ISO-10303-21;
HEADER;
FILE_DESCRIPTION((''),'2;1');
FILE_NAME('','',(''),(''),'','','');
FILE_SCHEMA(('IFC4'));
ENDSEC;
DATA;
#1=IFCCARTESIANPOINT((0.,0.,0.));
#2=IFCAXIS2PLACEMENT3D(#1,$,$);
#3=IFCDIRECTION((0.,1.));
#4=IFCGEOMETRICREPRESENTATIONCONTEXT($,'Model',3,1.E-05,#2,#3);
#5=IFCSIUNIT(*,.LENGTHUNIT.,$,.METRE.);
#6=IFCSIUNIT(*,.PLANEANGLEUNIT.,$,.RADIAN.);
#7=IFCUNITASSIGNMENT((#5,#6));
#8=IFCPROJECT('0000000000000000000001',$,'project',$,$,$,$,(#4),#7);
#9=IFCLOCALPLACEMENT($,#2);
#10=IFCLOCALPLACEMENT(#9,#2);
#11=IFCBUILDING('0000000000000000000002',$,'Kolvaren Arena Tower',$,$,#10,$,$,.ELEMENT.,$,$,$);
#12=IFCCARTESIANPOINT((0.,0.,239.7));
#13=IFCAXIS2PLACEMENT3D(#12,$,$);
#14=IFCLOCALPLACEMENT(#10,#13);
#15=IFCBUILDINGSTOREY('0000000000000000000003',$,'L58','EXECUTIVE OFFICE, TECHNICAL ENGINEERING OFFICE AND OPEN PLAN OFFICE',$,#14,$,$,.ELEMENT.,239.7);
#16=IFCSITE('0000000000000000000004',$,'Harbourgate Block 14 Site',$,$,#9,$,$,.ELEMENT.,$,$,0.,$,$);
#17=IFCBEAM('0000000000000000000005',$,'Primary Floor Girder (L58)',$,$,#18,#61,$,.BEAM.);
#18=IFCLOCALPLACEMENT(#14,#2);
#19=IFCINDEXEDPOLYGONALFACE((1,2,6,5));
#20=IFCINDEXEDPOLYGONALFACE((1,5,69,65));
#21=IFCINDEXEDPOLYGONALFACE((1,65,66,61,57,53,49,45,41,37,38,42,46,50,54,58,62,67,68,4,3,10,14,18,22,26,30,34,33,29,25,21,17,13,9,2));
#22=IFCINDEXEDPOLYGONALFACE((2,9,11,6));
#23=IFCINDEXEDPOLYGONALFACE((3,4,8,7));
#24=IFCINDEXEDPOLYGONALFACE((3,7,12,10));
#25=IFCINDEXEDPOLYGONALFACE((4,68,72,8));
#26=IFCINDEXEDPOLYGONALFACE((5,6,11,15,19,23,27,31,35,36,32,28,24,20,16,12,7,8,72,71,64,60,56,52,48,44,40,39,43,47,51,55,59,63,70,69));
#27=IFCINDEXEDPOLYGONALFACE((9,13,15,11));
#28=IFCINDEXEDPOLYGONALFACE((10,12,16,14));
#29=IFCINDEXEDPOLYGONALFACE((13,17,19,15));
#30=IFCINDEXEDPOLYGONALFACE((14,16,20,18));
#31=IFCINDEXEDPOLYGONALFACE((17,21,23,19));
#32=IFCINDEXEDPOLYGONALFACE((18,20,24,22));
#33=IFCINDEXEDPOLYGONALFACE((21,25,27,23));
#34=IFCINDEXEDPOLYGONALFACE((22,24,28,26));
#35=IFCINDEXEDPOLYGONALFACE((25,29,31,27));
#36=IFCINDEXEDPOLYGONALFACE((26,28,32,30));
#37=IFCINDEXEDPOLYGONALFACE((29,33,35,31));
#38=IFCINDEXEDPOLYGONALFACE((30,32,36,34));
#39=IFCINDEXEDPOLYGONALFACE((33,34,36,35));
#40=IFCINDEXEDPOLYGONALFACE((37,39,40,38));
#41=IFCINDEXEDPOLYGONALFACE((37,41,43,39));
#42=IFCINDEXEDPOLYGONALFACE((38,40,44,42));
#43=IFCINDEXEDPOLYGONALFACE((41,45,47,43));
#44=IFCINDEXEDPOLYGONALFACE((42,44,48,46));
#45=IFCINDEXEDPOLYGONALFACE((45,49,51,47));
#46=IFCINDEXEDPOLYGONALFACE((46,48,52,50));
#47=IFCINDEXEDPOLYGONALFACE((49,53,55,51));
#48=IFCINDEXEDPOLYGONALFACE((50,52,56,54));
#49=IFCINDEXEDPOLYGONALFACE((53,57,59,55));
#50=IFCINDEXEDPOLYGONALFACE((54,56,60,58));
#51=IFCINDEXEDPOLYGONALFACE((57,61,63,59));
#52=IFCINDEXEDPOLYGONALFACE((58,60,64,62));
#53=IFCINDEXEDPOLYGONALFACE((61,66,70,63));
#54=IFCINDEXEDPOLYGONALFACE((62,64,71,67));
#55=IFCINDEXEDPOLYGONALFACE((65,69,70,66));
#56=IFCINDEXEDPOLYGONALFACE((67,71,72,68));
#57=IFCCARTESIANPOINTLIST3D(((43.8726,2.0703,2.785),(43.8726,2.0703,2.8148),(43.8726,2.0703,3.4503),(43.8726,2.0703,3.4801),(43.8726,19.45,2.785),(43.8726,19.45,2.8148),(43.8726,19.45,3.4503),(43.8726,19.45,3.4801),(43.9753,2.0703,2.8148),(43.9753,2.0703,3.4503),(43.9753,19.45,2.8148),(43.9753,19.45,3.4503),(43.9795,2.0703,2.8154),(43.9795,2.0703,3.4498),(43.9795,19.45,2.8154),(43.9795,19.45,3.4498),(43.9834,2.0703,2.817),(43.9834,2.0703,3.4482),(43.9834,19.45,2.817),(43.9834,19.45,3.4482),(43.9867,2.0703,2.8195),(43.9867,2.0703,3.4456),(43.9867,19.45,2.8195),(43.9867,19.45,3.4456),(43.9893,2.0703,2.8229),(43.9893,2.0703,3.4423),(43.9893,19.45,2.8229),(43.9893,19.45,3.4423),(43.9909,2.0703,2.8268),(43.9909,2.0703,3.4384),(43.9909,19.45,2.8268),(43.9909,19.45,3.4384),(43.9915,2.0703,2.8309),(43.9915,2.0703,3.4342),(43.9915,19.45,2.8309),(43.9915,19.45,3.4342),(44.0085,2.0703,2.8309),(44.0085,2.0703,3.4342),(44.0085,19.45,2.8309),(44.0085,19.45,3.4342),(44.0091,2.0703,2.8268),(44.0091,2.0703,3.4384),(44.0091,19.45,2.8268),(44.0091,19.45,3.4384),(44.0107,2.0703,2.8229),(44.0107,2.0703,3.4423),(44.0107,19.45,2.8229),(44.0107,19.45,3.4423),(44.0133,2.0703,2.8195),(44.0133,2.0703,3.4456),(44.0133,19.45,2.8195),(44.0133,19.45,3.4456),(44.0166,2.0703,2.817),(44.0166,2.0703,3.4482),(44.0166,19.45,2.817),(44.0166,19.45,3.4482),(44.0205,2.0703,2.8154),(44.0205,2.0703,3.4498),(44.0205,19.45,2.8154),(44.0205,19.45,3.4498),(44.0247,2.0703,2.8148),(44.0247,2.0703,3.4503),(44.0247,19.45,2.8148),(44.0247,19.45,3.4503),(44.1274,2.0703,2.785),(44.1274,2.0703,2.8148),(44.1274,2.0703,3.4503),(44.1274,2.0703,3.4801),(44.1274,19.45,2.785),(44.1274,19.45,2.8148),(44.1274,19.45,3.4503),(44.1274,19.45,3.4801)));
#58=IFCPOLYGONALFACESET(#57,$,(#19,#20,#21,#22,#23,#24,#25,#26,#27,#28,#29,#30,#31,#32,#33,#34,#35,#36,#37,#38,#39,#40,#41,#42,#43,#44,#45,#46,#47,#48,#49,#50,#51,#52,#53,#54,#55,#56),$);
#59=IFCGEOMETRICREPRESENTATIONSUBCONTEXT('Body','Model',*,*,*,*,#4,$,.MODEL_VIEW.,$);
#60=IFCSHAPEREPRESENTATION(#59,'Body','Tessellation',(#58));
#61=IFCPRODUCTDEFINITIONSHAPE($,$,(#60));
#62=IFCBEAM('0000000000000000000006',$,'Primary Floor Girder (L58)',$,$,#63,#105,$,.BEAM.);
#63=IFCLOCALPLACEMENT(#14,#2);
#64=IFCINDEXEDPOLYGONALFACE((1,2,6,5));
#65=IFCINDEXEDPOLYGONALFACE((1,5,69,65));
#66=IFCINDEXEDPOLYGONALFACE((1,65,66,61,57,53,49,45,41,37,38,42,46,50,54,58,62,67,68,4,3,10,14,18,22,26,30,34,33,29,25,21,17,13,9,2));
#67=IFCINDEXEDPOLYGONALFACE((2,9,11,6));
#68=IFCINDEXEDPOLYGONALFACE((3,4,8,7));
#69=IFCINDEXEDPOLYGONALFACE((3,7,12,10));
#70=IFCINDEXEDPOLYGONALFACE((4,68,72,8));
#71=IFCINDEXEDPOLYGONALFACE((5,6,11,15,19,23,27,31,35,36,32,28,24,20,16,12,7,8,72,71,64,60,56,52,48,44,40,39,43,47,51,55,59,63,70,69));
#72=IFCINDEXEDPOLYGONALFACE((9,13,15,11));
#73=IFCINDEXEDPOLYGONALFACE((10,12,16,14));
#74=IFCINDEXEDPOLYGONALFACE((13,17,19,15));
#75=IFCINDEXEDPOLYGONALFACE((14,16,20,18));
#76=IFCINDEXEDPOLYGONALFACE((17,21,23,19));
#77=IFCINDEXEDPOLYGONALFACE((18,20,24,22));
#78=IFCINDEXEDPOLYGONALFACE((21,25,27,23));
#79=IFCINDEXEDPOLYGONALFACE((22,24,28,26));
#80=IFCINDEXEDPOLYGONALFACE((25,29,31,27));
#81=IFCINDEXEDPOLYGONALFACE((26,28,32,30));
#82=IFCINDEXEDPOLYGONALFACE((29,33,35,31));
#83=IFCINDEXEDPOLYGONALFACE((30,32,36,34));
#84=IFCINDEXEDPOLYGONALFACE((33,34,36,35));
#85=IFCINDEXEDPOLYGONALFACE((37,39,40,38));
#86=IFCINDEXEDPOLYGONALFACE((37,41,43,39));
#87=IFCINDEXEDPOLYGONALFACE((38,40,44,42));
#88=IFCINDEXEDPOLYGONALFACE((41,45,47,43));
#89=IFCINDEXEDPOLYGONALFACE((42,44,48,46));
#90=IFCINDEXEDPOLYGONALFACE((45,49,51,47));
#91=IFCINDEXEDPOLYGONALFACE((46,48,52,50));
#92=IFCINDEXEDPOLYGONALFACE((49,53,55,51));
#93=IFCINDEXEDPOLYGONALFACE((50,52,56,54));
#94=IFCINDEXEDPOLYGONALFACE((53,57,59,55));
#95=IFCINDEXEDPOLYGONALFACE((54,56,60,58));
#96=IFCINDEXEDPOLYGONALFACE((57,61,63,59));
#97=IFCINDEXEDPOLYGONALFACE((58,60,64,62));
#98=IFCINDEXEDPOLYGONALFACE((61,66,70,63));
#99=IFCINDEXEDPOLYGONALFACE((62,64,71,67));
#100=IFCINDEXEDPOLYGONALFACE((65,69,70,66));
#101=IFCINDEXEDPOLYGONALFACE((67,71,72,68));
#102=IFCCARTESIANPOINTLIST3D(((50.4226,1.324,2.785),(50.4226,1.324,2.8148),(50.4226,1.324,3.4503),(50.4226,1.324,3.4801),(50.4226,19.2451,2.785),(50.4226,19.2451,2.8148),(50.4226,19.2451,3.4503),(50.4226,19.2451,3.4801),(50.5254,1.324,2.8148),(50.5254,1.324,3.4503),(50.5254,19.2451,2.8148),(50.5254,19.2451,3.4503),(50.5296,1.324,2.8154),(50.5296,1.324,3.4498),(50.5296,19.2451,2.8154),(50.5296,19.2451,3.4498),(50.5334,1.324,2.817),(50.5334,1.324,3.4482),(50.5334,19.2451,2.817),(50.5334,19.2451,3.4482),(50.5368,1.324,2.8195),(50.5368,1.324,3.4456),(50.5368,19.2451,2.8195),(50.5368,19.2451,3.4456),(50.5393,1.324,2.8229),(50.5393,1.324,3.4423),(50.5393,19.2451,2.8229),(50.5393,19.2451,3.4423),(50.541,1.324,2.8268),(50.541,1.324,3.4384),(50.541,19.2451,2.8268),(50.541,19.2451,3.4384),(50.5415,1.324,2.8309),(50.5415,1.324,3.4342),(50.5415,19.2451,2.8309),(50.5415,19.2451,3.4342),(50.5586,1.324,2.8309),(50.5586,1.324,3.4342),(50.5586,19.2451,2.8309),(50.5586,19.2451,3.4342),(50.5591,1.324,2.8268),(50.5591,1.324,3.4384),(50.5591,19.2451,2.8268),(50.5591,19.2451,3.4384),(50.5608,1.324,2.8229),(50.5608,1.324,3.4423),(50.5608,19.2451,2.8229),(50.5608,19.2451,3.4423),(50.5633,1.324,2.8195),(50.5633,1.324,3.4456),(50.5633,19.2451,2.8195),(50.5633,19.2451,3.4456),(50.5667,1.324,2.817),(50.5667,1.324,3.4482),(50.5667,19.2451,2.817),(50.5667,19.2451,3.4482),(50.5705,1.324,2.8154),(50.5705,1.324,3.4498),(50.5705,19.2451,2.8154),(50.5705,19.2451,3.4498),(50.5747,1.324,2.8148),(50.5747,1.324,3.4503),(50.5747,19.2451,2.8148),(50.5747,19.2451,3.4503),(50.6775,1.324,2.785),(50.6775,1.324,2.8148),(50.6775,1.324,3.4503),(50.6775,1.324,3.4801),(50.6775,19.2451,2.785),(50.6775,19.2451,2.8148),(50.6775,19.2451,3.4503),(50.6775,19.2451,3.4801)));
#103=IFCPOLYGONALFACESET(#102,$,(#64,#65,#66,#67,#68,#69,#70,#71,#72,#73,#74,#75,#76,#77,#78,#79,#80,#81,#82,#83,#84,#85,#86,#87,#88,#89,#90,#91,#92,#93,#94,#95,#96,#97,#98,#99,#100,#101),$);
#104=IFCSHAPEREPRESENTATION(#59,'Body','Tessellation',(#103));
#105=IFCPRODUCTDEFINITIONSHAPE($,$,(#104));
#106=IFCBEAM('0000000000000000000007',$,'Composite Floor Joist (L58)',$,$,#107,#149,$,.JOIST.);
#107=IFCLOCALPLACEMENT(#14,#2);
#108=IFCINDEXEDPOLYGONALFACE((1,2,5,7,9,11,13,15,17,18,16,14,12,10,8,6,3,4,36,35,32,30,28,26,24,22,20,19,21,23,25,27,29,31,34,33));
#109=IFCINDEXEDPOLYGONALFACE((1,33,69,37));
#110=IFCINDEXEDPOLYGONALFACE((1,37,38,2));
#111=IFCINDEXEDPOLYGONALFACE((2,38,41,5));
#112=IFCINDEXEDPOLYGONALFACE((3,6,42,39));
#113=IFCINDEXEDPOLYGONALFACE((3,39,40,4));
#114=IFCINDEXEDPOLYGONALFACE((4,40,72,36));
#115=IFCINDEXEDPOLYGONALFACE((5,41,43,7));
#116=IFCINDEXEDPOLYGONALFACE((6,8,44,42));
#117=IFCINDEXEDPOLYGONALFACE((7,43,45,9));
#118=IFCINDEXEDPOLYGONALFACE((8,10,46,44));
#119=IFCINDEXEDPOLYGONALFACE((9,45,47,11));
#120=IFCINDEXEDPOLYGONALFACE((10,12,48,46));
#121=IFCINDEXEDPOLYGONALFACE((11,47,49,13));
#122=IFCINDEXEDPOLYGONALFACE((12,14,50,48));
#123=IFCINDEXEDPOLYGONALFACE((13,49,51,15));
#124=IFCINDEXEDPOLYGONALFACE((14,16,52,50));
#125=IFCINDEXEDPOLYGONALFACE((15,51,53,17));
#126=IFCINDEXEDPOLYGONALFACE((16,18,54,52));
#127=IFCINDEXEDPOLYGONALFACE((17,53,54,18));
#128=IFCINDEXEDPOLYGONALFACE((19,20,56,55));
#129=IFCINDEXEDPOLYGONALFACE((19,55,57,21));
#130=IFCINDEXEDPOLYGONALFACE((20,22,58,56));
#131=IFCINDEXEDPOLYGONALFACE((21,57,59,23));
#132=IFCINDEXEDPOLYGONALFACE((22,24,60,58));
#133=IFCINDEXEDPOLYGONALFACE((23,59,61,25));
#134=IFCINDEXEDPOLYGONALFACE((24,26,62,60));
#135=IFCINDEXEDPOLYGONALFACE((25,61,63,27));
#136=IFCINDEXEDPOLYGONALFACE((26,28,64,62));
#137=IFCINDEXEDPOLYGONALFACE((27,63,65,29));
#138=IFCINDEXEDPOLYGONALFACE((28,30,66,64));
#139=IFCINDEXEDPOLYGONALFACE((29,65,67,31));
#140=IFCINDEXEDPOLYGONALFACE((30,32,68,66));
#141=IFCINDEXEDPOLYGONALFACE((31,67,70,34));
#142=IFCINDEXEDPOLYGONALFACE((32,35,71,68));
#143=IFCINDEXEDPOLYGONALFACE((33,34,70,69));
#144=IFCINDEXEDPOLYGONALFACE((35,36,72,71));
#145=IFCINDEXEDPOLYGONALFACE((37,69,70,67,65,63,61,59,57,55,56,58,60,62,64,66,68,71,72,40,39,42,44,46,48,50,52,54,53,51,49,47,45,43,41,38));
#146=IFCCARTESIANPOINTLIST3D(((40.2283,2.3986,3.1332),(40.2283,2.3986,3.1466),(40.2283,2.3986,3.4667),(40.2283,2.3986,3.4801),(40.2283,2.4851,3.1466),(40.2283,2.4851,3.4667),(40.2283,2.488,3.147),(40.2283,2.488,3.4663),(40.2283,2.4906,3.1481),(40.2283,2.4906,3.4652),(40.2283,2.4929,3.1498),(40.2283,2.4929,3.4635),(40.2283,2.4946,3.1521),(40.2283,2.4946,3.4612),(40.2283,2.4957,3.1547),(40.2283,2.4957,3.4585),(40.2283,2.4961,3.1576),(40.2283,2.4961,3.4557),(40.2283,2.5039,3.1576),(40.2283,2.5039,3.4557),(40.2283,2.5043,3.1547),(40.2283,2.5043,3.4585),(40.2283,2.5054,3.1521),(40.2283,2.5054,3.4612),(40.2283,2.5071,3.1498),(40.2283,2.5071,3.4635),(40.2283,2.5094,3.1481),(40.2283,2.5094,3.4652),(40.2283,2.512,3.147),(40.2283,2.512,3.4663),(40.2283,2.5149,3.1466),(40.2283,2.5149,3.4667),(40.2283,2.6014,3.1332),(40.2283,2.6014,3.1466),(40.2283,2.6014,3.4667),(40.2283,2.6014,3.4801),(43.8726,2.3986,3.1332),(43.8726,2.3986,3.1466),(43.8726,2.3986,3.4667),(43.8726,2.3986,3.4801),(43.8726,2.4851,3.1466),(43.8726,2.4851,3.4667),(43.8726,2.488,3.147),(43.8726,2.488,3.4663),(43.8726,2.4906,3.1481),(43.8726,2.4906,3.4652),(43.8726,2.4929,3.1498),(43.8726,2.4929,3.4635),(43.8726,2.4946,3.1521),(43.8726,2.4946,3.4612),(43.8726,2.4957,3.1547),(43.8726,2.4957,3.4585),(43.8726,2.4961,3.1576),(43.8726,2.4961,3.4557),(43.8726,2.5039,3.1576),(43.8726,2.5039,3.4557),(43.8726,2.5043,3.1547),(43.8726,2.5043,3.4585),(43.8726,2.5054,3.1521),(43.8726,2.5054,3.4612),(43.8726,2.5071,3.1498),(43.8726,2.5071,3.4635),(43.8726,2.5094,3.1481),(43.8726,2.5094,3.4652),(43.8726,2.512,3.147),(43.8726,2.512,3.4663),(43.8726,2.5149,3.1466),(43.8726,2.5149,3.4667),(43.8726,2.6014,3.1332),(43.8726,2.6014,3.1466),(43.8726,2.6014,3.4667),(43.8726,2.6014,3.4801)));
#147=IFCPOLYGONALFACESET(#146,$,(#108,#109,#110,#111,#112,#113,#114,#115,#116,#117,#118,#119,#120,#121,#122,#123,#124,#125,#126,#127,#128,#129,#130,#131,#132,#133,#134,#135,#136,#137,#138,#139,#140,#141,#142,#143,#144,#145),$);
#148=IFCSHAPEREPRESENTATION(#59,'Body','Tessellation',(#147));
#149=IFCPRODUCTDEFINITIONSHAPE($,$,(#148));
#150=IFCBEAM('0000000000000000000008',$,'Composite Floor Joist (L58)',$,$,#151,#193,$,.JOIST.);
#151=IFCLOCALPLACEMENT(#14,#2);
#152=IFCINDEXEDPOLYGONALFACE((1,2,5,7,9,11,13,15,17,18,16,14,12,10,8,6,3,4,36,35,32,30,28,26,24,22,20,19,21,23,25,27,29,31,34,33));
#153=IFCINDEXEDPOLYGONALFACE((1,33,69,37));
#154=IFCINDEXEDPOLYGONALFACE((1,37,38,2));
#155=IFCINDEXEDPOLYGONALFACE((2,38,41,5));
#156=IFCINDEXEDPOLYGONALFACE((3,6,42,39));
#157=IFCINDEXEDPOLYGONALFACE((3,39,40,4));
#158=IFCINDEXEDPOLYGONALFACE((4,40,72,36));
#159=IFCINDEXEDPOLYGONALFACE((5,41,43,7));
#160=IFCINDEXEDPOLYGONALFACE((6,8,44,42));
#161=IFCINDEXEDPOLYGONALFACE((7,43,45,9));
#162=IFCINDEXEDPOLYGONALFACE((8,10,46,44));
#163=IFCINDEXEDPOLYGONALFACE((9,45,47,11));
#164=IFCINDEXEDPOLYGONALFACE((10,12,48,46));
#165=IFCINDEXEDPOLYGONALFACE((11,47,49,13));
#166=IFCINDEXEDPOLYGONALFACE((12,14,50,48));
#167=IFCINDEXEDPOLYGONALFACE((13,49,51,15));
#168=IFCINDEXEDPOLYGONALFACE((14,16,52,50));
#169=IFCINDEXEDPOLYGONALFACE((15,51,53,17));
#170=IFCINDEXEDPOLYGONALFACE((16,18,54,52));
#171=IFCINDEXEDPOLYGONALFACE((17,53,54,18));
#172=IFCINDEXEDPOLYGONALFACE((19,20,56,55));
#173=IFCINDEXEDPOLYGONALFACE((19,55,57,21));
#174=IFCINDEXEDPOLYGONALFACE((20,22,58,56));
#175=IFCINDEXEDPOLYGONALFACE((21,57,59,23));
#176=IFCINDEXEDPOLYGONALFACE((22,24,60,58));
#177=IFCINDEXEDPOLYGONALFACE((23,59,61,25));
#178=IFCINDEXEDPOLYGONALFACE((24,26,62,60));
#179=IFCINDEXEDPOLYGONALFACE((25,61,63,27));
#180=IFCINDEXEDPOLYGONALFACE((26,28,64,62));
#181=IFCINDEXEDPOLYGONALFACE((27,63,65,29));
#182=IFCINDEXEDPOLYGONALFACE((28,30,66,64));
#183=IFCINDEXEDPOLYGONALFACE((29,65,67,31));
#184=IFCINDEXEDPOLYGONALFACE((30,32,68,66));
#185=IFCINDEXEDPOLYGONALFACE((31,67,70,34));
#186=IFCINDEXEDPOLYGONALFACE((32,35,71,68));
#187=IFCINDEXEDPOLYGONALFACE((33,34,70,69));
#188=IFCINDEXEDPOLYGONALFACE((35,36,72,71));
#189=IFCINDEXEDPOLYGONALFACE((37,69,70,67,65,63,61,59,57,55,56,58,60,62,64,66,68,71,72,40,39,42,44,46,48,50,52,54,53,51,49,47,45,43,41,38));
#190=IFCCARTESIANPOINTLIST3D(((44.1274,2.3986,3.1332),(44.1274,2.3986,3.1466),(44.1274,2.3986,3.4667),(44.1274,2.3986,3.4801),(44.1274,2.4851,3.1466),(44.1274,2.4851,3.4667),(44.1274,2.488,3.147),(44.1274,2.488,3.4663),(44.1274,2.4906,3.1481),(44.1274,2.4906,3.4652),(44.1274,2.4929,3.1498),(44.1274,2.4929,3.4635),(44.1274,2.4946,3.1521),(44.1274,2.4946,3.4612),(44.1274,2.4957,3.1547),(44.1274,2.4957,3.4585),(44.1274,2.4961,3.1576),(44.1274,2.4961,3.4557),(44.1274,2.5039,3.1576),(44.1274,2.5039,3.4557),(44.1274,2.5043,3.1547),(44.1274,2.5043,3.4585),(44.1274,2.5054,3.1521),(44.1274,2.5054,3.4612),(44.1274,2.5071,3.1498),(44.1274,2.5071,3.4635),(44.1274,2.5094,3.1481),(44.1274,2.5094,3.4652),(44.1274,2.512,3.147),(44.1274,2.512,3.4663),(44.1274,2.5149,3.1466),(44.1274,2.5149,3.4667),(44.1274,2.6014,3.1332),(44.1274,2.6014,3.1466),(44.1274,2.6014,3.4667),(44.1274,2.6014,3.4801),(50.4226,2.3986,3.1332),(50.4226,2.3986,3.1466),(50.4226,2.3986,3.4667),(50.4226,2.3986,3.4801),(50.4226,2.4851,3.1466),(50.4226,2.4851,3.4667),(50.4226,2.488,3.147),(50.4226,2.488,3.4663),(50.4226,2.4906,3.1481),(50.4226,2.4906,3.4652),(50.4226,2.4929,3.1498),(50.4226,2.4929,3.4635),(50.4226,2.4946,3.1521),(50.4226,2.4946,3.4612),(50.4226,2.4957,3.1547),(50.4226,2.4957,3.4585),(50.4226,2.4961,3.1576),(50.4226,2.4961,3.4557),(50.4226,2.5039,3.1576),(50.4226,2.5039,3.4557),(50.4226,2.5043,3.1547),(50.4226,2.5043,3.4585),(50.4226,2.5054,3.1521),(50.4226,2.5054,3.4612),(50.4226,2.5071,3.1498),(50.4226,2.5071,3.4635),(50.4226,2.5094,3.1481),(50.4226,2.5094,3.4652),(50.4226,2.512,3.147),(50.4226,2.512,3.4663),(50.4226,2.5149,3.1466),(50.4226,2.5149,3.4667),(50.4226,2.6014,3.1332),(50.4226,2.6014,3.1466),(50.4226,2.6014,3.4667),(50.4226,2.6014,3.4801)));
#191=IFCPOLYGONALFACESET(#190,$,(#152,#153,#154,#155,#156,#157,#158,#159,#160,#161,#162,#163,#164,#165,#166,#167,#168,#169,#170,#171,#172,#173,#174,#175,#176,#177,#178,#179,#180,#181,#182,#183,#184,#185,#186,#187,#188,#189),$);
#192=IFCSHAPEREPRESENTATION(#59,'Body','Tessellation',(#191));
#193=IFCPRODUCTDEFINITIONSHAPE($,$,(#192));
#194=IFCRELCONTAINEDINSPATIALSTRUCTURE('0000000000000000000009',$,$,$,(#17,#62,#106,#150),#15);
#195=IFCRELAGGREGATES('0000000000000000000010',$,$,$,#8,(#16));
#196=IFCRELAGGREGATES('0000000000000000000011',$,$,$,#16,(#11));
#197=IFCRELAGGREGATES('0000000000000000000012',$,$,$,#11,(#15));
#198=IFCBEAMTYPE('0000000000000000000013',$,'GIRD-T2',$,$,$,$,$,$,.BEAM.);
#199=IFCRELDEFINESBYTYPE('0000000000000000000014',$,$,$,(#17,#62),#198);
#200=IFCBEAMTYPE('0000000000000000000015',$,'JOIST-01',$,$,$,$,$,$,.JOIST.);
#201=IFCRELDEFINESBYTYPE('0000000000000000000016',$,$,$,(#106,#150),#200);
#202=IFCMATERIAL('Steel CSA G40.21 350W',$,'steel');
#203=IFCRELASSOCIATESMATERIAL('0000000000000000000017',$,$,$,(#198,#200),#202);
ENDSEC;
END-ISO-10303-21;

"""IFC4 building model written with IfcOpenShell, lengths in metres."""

from ifc_helpers import new_model, si_unit, direction, frame, origin, origin_2d, place, context, subcontext, project, spatial, i_section, extrude, material, material_profile, profile_set, type_object, element, save


model = new_model("IFC4")

# Units and contexts
model_context = context("Model", 3, precision=1e-05, world=origin(), true_north=direction((0.0, 1.0)))
body_context = subcontext(model_context, "Body", "Model", "MODEL_VIEW")
ifc_project = project(units=[si_unit("LENGTHUNIT", "METRE"), si_unit("PLANEANGLEUNIT", "RADIAN")], contexts=[model_context])

# Site, building, storey
site_placement = place(None, origin())
site = spatial("IfcSite", under=ifc_project, at=site_placement, Name="Harbourgate Block 14 Site", CompositionType="ELEMENT", RefElevation=0.0)
building_placement = place(site_placement, origin())
building = spatial("IfcBuilding", under=site, at=building_placement, Name="Kolvaren Arena Tower", CompositionType="ELEMENT")
storey_placement = place(building_placement, frame((0.0, 0.0, 239.7)))
storey = spatial("IfcBuildingStorey", under=building, at=storey_placement, Name="L58", Description="EXECUTIVE OFFICE, TECHNICAL ENGINEERING OFFICE AND OPEN PLAN OFFICE", CompositionType="ELEMENT", Elevation=239.7)

# Beams
ifc_material_1 = material(Name="Steel CSA G40.21 350W", Category="steel")
ifc_material_profile_1 = material_profile(ifc_material_1, i_section(OverallWidth=0.2549, OverallDepth=0.6951, WebThickness=0.0171, FlangeThickness=0.0298, FilletRadius=0.0161, at=origin_2d()), Name="W690x217")
ifc_profile_set_1 = profile_set([ifc_material_profile_1], Name="Steel CSA G40.21 350W")
beam_type_1 = type_object("IfcBeamType", Name="GIRD-T2", PredefinedType="BEAM", material=ifc_profile_set_1)
beam_1_placement = place(storey_placement, frame((44.0, 2.0703, 3.1326), z_axis=(0.0, 1.0, 0.0), x_axis=(-1.0, 0.0, 0.0)))
element("IfcBeam", 1, at=beam_1_placement, inside=storey, type_object=beam_type_1, Name="Primary Floor Girder (L58)", PredefinedType="BEAM", context=body_context, shape_type="SweptSolid", body=[
    extrude(i_section(OverallWidth=0.2549, OverallDepth=0.6951, WebThickness=0.0171, FlangeThickness=0.0298, FilletRadius=0.0161, at=origin_2d()), origin(), (0.0, 0.0, 1.0), 17.3796),
])
beam_2_placement = place(storey_placement, frame((50.55, 1.324, 3.1326), z_axis=(0.0, 1.0, 0.0), x_axis=(-1.0, 0.0, 0.0)))
element("IfcBeam", 2, at=beam_2_placement, inside=storey, type_object=beam_type_1, Name="Primary Floor Girder (L58)", PredefinedType="BEAM", context=body_context, shape_type="SweptSolid", body=[
    extrude(i_section(OverallWidth=0.2549, OverallDepth=0.6951, WebThickness=0.0171, FlangeThickness=0.0298, FilletRadius=0.0161, at=origin_2d()), origin(), (0.0, 0.0, 1.0), 17.9211),
])
ifc_material_profile_2 = material_profile(ifc_material_1, i_section(OverallWidth=0.2029, OverallDepth=0.3469, WebThickness=0.0078, FlangeThickness=0.0134, FilletRadius=0.011, at=origin_2d()), Name="W360x64")
ifc_profile_set_2 = profile_set([ifc_material_profile_2], Name="Steel CSA G40.21 350W")
beam_type_2 = type_object("IfcBeamType", Name="JOIST-01", PredefinedType="JOIST", material=ifc_profile_set_2)
beam_3_placement = place(storey_placement, frame((40.2283, 2.5, 3.3066), z_axis=(1.0, 0.0, 0.0), x_axis=(0.0, 1.0, 0.0)))
element("IfcBeam", 3, at=beam_3_placement, inside=storey, type_object=beam_type_2, Name="Composite Floor Joist (L58)", PredefinedType="JOIST", context=body_context, shape_type="SweptSolid", body=[
    extrude(i_section(OverallWidth=0.2029, OverallDepth=0.3469, WebThickness=0.0078, FlangeThickness=0.0134, FilletRadius=0.011, at=origin_2d()), origin(), (0.0, 0.0, 1.0), 3.6443),
])
for number, where, z_axis, x_axis, name in (
    (4, (44.1274, 2.5, 3.3066), (1.0, 0.0, 0.0), (0.0, 1.0, 0.0), "Composite Floor Joist (L58)"),
):
    element("IfcBeam", number, at=place(storey_placement, frame(where, z_axis=z_axis, x_axis=x_axis)), inside=storey, type_object=beam_type_2, Name=name, PredefinedType="JOIST", context=body_context, shape_type="SweptSolid", body=[
        extrude(i_section(OverallWidth=0.2029, OverallDepth=0.3469, WebThickness=0.0078, FlangeThickness=0.0134, FilletRadius=0.011, at=origin_2d()), origin(), (0.0, 0.0, 1.0), 6.2952),
    ])

save(model, "model.ifc")
